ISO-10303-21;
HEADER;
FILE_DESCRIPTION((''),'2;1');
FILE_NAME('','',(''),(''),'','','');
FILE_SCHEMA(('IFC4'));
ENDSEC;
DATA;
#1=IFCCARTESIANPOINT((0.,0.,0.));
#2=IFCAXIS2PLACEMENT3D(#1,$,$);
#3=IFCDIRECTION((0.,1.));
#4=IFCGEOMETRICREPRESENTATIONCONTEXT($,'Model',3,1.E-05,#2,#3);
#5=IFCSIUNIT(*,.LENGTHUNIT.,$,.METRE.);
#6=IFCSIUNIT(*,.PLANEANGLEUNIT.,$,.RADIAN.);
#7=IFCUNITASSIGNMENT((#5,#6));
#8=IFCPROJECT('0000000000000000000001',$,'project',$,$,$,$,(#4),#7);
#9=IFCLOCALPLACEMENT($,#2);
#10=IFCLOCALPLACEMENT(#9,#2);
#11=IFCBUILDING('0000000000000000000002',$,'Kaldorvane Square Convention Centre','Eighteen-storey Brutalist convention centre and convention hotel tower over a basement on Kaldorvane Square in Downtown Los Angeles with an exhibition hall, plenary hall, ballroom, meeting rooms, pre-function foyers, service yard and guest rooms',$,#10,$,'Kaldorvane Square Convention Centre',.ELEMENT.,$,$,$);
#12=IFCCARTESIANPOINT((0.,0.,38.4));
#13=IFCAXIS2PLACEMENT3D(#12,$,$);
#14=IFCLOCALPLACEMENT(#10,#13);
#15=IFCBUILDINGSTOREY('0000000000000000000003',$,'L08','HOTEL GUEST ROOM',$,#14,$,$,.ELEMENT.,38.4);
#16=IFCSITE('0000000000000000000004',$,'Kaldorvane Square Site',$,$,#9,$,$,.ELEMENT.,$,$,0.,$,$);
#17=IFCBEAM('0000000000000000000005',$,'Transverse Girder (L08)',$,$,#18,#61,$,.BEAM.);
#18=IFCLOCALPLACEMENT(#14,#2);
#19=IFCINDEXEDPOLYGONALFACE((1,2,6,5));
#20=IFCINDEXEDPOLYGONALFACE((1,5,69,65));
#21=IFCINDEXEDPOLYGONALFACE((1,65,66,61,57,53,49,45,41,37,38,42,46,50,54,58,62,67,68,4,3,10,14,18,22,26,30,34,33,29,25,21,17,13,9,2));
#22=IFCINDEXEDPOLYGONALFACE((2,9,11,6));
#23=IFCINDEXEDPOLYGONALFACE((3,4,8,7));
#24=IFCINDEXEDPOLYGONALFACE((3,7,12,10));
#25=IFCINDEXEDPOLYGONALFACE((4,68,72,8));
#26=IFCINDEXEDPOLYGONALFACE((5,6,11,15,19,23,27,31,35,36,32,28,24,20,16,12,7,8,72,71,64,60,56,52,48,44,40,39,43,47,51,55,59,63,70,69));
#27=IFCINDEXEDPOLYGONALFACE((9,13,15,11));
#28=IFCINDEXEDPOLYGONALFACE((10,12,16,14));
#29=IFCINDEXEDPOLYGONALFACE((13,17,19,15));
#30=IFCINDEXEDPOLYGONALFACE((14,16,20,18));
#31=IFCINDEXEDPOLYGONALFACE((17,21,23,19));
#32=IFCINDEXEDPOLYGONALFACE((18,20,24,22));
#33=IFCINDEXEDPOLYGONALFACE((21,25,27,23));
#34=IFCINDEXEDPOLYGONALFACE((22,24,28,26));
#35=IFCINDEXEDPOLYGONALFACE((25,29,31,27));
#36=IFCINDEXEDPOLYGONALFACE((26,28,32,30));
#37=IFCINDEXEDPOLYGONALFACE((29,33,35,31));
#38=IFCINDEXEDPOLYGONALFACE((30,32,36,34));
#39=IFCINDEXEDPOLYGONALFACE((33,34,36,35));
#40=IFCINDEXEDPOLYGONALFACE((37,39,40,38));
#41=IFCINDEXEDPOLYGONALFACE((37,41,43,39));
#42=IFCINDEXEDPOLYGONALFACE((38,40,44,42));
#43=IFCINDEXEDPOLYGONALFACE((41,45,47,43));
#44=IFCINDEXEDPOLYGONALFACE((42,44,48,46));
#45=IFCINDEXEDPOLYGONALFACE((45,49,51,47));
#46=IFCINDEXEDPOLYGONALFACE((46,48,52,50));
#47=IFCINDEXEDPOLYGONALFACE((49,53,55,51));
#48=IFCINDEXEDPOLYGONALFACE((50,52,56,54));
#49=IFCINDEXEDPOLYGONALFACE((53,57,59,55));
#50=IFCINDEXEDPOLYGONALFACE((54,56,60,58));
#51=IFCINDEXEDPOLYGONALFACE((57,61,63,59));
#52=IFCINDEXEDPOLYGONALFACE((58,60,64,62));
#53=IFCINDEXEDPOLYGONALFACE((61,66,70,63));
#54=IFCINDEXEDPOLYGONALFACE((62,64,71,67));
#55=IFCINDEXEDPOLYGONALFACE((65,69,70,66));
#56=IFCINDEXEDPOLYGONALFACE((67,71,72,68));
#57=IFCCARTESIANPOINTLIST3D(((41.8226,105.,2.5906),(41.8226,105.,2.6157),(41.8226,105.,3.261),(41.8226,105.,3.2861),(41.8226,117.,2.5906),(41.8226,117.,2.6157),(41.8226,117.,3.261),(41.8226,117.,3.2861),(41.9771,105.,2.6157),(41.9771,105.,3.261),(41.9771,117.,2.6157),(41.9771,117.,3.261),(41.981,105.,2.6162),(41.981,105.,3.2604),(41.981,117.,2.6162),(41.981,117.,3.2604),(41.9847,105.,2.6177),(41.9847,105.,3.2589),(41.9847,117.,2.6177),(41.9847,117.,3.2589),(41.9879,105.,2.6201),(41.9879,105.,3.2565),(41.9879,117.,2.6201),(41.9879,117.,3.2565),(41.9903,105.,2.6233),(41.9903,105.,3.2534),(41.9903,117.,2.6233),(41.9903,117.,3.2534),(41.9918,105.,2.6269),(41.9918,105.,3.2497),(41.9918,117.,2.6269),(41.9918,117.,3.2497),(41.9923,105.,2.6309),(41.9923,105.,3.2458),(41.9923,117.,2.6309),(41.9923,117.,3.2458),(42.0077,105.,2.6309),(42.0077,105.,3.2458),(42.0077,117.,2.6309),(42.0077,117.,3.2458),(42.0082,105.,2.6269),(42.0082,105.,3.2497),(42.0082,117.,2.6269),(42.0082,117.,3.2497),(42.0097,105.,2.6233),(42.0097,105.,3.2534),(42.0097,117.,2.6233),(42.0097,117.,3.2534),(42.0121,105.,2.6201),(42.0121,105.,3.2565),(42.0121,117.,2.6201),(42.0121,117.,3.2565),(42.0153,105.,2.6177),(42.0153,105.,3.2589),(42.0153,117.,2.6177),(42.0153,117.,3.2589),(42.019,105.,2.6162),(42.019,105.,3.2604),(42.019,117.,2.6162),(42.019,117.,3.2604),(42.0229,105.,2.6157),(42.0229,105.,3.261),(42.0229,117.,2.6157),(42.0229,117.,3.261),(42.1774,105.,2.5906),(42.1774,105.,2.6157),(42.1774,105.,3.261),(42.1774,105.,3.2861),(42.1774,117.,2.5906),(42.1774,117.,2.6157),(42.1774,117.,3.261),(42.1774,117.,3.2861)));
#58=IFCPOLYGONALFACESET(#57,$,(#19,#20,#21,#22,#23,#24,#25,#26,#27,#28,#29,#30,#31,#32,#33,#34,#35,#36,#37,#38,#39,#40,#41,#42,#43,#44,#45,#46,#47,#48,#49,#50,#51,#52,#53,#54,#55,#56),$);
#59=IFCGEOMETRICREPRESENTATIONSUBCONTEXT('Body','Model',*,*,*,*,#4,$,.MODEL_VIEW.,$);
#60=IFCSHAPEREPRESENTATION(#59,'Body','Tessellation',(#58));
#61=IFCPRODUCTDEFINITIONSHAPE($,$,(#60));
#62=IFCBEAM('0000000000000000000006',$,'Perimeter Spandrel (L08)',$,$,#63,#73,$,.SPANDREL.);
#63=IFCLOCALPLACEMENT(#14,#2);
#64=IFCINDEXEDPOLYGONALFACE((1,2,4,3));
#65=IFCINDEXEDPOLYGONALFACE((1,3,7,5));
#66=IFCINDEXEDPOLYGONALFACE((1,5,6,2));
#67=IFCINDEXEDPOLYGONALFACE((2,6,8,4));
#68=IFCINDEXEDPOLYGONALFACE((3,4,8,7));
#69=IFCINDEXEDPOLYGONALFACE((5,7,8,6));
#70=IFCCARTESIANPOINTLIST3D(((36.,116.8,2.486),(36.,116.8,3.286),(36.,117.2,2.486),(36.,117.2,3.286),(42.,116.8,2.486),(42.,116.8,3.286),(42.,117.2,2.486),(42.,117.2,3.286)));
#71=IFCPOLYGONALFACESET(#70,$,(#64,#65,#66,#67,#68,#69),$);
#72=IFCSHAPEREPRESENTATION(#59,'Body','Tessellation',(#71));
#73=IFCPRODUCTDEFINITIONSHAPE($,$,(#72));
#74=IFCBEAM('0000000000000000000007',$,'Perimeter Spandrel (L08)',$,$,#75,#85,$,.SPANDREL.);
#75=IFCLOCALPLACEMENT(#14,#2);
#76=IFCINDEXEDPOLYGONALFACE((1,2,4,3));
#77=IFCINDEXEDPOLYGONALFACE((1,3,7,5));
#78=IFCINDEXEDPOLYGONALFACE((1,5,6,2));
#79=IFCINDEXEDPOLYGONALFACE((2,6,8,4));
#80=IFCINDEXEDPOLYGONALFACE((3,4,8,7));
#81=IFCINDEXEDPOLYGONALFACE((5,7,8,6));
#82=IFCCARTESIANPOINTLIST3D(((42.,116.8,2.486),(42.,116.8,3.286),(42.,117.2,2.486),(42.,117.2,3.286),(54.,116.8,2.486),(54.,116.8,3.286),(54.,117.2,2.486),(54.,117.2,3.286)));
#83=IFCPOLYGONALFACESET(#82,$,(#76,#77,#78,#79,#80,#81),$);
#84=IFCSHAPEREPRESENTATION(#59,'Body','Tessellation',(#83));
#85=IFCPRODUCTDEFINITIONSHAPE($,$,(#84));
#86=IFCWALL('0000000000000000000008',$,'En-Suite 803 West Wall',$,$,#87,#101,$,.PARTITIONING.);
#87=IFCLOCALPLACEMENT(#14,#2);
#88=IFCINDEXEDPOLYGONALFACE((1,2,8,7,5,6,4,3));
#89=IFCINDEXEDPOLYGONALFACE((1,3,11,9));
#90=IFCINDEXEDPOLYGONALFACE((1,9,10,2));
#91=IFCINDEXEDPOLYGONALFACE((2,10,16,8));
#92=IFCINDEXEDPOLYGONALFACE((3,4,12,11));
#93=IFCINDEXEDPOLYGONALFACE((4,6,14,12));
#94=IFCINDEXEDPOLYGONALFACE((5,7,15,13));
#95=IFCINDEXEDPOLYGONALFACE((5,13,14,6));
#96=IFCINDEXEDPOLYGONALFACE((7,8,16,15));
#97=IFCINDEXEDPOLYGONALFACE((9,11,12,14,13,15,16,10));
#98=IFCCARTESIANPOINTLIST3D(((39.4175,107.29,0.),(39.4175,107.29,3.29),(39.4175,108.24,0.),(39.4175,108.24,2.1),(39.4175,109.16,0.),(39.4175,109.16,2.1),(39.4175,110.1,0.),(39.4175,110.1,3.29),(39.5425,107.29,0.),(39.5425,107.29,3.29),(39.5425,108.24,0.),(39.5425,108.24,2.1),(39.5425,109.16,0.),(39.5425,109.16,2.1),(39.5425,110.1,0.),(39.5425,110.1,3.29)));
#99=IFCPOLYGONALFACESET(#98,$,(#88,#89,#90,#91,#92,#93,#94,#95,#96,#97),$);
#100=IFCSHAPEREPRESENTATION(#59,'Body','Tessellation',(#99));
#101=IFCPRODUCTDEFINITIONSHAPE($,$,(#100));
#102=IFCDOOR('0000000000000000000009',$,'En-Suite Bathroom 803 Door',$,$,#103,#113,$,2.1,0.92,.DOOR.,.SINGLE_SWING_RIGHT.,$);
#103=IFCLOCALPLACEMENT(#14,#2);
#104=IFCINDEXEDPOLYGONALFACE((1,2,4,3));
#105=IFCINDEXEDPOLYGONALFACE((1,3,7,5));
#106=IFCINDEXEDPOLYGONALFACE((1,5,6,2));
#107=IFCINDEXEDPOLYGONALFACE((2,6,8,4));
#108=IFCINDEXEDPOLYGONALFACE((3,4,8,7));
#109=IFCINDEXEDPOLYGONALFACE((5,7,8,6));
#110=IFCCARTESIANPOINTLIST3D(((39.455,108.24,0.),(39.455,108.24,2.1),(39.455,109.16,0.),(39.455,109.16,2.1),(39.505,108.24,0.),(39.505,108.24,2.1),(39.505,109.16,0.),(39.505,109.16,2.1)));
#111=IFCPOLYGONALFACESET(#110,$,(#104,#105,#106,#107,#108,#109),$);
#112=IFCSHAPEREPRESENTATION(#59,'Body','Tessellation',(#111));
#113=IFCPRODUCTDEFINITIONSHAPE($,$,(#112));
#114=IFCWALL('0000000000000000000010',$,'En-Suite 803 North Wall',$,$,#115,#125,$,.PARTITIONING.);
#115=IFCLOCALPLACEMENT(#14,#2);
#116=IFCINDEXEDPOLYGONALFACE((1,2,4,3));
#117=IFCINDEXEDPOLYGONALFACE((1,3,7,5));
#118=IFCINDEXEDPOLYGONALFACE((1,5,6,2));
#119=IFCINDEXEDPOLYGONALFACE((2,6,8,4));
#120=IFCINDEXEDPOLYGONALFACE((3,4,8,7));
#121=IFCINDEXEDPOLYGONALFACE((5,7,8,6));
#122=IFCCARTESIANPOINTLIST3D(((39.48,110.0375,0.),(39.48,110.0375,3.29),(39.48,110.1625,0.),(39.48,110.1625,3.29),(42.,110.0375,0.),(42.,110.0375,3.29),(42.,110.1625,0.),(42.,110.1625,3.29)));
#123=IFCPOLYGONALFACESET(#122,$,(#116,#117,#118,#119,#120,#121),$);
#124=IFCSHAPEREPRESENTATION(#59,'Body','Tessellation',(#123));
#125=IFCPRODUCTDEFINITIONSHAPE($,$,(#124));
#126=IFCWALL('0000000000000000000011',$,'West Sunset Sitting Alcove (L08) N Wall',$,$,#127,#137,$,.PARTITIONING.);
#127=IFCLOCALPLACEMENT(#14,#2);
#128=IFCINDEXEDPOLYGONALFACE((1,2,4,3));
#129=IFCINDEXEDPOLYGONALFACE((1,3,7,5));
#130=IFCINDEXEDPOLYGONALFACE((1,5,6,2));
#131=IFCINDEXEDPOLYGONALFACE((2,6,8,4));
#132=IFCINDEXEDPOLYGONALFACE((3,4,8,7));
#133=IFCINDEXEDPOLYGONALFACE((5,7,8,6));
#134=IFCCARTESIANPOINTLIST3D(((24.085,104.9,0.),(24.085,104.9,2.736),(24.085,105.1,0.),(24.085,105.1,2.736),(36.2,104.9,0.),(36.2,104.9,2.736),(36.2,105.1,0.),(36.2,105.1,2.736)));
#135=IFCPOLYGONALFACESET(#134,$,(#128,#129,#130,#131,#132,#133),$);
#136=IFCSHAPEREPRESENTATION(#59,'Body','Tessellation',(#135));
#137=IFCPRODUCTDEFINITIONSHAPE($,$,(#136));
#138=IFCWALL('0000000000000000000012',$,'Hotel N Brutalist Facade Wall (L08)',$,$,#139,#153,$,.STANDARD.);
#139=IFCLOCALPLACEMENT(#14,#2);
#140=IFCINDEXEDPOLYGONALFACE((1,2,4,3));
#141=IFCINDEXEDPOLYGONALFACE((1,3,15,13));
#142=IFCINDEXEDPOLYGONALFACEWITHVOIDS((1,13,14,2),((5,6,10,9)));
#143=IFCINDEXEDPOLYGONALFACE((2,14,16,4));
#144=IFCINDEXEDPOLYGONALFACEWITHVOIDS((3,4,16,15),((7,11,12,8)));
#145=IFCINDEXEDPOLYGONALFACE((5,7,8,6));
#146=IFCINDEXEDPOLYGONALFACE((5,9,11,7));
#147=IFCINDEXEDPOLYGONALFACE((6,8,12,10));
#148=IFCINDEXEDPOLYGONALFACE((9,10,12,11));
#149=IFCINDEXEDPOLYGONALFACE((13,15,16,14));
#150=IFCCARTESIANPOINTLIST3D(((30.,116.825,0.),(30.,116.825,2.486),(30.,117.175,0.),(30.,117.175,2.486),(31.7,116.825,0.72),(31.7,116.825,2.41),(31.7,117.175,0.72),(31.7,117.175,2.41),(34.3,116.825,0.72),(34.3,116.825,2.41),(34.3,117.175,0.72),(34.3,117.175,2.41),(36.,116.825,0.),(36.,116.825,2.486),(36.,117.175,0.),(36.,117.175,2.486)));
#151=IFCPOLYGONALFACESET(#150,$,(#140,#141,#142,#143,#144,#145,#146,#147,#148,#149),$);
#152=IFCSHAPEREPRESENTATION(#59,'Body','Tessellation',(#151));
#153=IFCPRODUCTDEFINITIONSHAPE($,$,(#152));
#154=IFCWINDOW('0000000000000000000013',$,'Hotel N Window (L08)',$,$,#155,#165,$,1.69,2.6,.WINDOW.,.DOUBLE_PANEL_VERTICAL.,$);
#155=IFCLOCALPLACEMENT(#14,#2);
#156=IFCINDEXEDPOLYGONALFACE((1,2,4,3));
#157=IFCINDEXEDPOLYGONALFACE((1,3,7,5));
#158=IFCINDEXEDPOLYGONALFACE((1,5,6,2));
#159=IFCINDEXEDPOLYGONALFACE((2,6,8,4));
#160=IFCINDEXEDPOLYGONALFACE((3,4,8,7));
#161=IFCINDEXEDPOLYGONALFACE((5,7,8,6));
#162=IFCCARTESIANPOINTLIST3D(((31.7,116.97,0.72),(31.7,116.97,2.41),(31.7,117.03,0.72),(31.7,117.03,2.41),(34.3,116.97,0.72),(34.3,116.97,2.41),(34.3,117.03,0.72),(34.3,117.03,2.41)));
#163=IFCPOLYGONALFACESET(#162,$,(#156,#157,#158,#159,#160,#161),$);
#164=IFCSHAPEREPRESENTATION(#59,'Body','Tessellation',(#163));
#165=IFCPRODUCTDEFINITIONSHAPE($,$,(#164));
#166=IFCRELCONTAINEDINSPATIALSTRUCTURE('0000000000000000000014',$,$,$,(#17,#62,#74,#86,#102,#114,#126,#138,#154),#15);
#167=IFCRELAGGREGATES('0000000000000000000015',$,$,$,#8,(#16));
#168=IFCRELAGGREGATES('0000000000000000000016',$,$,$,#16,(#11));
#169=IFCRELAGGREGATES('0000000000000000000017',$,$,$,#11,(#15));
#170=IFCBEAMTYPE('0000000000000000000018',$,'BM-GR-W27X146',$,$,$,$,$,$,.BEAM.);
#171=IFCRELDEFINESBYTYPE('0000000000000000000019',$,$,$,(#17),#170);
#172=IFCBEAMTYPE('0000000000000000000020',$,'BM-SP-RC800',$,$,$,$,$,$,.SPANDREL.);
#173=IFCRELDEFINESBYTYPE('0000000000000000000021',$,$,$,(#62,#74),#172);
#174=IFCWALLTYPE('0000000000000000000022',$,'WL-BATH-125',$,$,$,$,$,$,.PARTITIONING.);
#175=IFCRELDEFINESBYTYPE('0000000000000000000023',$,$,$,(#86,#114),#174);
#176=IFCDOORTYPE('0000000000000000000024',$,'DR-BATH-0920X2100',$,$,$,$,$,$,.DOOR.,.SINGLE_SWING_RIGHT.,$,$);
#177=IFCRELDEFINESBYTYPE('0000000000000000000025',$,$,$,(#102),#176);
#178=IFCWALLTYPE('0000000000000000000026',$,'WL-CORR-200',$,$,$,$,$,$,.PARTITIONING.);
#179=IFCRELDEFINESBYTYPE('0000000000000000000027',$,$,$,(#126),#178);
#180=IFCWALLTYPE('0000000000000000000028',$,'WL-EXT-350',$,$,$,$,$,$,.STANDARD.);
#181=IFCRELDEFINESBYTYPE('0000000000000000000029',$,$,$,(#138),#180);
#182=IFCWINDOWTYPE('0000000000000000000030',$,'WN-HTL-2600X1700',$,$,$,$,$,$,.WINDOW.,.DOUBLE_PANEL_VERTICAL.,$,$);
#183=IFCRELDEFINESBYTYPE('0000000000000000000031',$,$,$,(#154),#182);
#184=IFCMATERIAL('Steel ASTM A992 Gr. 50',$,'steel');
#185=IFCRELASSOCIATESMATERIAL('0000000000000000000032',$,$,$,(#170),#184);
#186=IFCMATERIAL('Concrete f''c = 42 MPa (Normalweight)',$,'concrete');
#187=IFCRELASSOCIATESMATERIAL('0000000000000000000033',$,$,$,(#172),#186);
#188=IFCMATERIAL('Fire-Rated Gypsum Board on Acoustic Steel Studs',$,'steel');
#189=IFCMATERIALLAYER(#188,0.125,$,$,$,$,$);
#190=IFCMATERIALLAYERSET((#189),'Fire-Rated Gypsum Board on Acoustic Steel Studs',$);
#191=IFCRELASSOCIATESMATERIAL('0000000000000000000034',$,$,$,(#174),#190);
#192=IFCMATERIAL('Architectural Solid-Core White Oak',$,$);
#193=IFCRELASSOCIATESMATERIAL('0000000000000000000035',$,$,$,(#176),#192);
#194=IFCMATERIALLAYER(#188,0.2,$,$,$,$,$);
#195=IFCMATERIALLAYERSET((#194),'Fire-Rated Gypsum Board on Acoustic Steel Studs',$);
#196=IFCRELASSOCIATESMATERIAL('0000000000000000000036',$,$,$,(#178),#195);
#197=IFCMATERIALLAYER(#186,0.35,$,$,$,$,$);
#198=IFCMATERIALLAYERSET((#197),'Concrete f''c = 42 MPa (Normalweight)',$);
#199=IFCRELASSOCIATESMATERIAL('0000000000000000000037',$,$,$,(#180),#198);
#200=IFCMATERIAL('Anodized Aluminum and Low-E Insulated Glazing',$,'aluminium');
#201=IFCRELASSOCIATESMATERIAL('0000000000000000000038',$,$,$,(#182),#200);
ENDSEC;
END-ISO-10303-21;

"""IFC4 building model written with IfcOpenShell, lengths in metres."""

from ifc_helpers import new_model, si_unit, direction, frame, frame_2d, origin, origin_2d, place, context, subcontext, project, spatial, rectangle, i_section, extrude, material, layer, layer_set, material_profile, profile_set, type_object, element, fill, save


model = new_model("IFC4")

# Units and contexts
model_context = context("Model", 3, precision=1e-05, world=origin(), true_north=direction((0.0, 1.0)))
body_context = subcontext(model_context, "Body", "Model", "MODEL_VIEW")
ifc_project = project(units=[si_unit("LENGTHUNIT", "METRE"), si_unit("PLANEANGLEUNIT", "RADIAN")], contexts=[model_context])

# Site, building, storey
site_placement = place(None, origin())
site = spatial("IfcSite", under=ifc_project, at=site_placement, Name="Kaldorvane Square Site", CompositionType="ELEMENT", RefElevation=0.0)
building_placement = place(site_placement, origin())
building = spatial("IfcBuilding", under=site, at=building_placement, Name="Kaldorvane Square Convention Centre", Description="Eighteen-storey Brutalist convention centre and convention hotel tower over a basement on Kaldorvane Square in Downtown Los Angeles with an exhibition hall, plenary hall, ballroom, meeting rooms, pre-function foyers, service yard and guest rooms", LongName="Kaldorvane Square Convention Centre", CompositionType="ELEMENT")
storey_placement = place(building_placement, frame((0.0, 0.0, 38.4)))
storey = spatial("IfcBuildingStorey", under=building, at=storey_placement, Name="L08", Description="HOTEL GUEST ROOM", CompositionType="ELEMENT", Elevation=38.4)

# Shared definitions
ifc_material_1 = material(Name="Concrete f'c = 42 MPa (Normalweight)", Category="concrete")
ifc_material_2 = material(Name="Steel ASTM A992 Gr. 50", Category="steel")

# Beams
ifc_material_profile_1 = material_profile(ifc_material_2, i_section(OverallWidth=0.3547, OverallDepth=0.6955, WebThickness=0.0154, FlangeThickness=0.0251, FilletRadius=0.0152, at=origin_2d()), Name="W27X146")
ifc_profile_set_1 = profile_set([ifc_material_profile_1], Name="Steel ASTM A992 Gr. 50")
beam_type_1 = type_object("IfcBeamType", Name="BM-GR-W27X146", PredefinedType="BEAM", material=ifc_profile_set_1)
for number, where, z_axis, x_axis, name in (
    (1, (42.0, 105.0, 2.9383), (0.0, 1.0, 0.0), (-1.0, 0.0, 0.0), "Transverse Girder (L08)"),
):
    element("IfcBeam", number, at=place(storey_placement, frame(where, z_axis=z_axis, x_axis=x_axis)), inside=storey, type_object=beam_type_1, Name=name, PredefinedType="BEAM", context=body_context, shape_type="SweptSolid", body=[
        extrude(i_section(OverallWidth=0.3547, OverallDepth=0.6955, WebThickness=0.0154, FlangeThickness=0.0251, FilletRadius=0.0152, at=origin_2d()), origin(), (0.0, 0.0, 1.0), 12.0),
    ])
ifc_material_profile_2 = material_profile(ifc_material_1, rectangle(XDim=0.4, YDim=0.8, at=origin_2d()), Name="RCSP800X400")
ifc_profile_set_2 = profile_set([ifc_material_profile_2], Name="Concrete f'c = 42 MPa (Normalweight)")
beam_type_2 = type_object("IfcBeamType", Name="BM-SP-RC800", PredefinedType="SPANDREL", material=ifc_profile_set_2)
beam_1_placement = place(storey_placement, frame((36.0, 117.0, 2.886), z_axis=(1.0, 0.0, 0.0), x_axis=(0.0, 1.0, 0.0)))
element("IfcBeam", 2, at=beam_1_placement, inside=storey, type_object=beam_type_2, Name="Perimeter Spandrel (L08)", PredefinedType="SPANDREL", context=body_context, shape_type="SweptSolid", body=[
    extrude(rectangle(XDim=0.4, YDim=0.8, at=origin_2d()), origin(), (0.0, 0.0, 1.0), 6.0),
])
beam_2_placement = place(storey_placement, frame((42.0, 117.0, 2.886), z_axis=(1.0, 0.0, 0.0), x_axis=(0.0, 1.0, 0.0)))
element("IfcBeam", 3, at=beam_2_placement, inside=storey, type_object=beam_type_2, Name="Perimeter Spandrel (L08)", PredefinedType="SPANDREL", context=body_context, shape_type="SweptSolid", body=[
    extrude(rectangle(XDim=0.4, YDim=0.8, at=origin_2d()), origin(), (0.0, 0.0, 1.0), 12.0),
])

# Wall, opening, door
ifc_material_3 = material(Name="Fire-Rated Gypsum Board on Acoustic Steel Studs", Category="steel")
ifc_layer_1 = layer(ifc_material_3, 0.125)
ifc_layer_set_1 = layer_set([ifc_layer_1], Name="Fire-Rated Gypsum Board on Acoustic Steel Studs")
wall_type_1 = type_object("IfcWallType", Name="WL-BATH-125", PredefinedType="PARTITIONING", material=ifc_layer_set_1)
wall_1_placement = place(storey_placement, frame((39.48, 107.29, 0.0), z_axis=(0.0, 0.0, 1.0), x_axis=(0.0, 1.0, 0.0)))
wall_1 = element("IfcWall", 4, at=wall_1_placement, inside=storey, type_object=wall_type_1, Name="En-Suite 803 West Wall", PredefinedType="PARTITIONING", context=body_context, shape_type="SweptSolid", body=[
    extrude(rectangle(XDim=2.81, YDim=0.125, at=frame_2d((1.405, 0.0))), origin(), (0.0, 0.0, 1.0), 3.29),
])
opening_1_placement = place(wall_1_placement, frame((0.95, 0.0, 0.0)))
opening_1 = element("IfcOpeningElement", 5, at=opening_1_placement, cuts=wall_1, PredefinedType="OPENING", context=body_context, shape_type="SweptSolid", body=[
    extrude(rectangle(XDim=0.92, YDim=2.1, at=frame_2d((0.46, 1.05))), frame((0.0, 0.0775, 0.0), z_axis=(0.0, -1.0, 0.0), x_axis=(1.0, 0.0, 0.0)), (0.0, 0.0, 1.0), 0.155),
])
ifc_material_4 = material(Name="Architectural Solid-Core White Oak")
door_type_1 = type_object("IfcDoorType", Name="DR-BATH-0920X2100", OperationType="SINGLE_SWING_RIGHT", PredefinedType="DOOR", material=ifc_material_4)
door_1_placement = place(opening_1_placement, origin())
door_1 = element("IfcDoor", 6, at=door_1_placement, inside=storey, type_object=door_type_1, Name="En-Suite Bathroom 803 Door", OperationType="SINGLE_SWING_RIGHT", OverallHeight=2.1, OverallWidth=0.92, PredefinedType="DOOR", context=body_context, shape_type="SweptSolid", body=[
    extrude(rectangle(XDim=0.92, YDim=2.1, at=frame_2d((0.46, 1.05))), frame((0.0, 0.025, 0.0), z_axis=(0.0, -1.0, 0.0), x_axis=(1.0, 0.0, 0.0)), (0.0, 0.0, 1.0), 0.05),
])
fill(opening_1, door_1)

# Walls
wall_2_placement = place(storey_placement, frame((39.48, 110.1, 0.0), z_axis=(0.0, 0.0, 1.0), x_axis=(1.0, 0.0, 0.0)))
element("IfcWall", 7, at=wall_2_placement, inside=storey, type_object=wall_type_1, Name="En-Suite 803 North Wall", PredefinedType="PARTITIONING", context=body_context, shape_type="SweptSolid", body=[
    extrude(rectangle(XDim=2.52, YDim=0.125, at=frame_2d((1.26, 0.0))), origin(), (0.0, 0.0, 1.0), 3.29),
])
ifc_layer_2 = layer(ifc_material_3, 0.2)
ifc_layer_set_2 = layer_set([ifc_layer_2], Name="Fire-Rated Gypsum Board on Acoustic Steel Studs")
wall_type_2 = type_object("IfcWallType", Name="WL-CORR-200", PredefinedType="PARTITIONING", material=ifc_layer_set_2)
wall_3_placement = place(storey_placement, frame((36.2, 105.0, 0.0), z_axis=(0.0, 0.0, 1.0), x_axis=(-1.0, 0.0, 0.0)))
element("IfcWall", 8, at=wall_3_placement, inside=storey, type_object=wall_type_2, Name="West Sunset Sitting Alcove (L08) N Wall", PredefinedType="PARTITIONING", context=body_context, shape_type="SweptSolid", body=[
    extrude(rectangle(XDim=12.115, YDim=0.2, at=frame_2d((6.0575, 0.0))), origin(), (0.0, 0.0, 1.0), 2.736),
])

# Wall, opening, window
ifc_layer_3 = layer(ifc_material_1, 0.35)
ifc_layer_set_3 = layer_set([ifc_layer_3], Name="Concrete f'c = 42 MPa (Normalweight)")
wall_type_3 = type_object("IfcWallType", Name="WL-EXT-350", PredefinedType="STANDARD", material=ifc_layer_set_3)
wall_4_placement = place(storey_placement, frame((36.0, 117.0, 0.0), z_axis=(0.0, 0.0, 1.0), x_axis=(-1.0, 0.0, 0.0)))
wall_4 = element("IfcWall", 9, at=wall_4_placement, inside=storey, type_object=wall_type_3, Name="Hotel N Brutalist Facade Wall (L08)", PredefinedType="STANDARD", context=body_context, shape_type="SweptSolid", body=[
    extrude(rectangle(XDim=6.0, YDim=0.35, at=frame_2d((3.0, 0.0))), origin(), (0.0, 0.0, 1.0), 2.486),
])
opening_2_placement = place(wall_4_placement, frame((1.7, 0.0, 0.72)))
opening_2 = element("IfcOpeningElement", 10, at=opening_2_placement, cuts=wall_4, PredefinedType="OPENING", context=body_context, shape_type="SweptSolid", body=[
    extrude(rectangle(XDim=2.6, YDim=1.69, at=frame_2d((1.3, 0.845))), frame((0.0, 0.19, 0.0), z_axis=(0.0, -1.0, 0.0), x_axis=(1.0, 0.0, 0.0)), (0.0, 0.0, 1.0), 0.38),
])
ifc_material_5 = material(Name="Anodized Aluminum and Low-E Insulated Glazing", Category="aluminium")
window_type = type_object("IfcWindowType", Name="WN-HTL-2600X1700", PartitioningType="DOUBLE_PANEL_VERTICAL", PredefinedType="WINDOW", material=ifc_material_5)
window_1_placement = place(opening_2_placement, origin())
window_1 = element("IfcWindow", 11, at=window_1_placement, inside=storey, type_object=window_type, Name="Hotel N Window (L08)", OverallHeight=1.69, OverallWidth=2.6, PartitioningType="DOUBLE_PANEL_VERTICAL", PredefinedType="WINDOW", context=body_context, shape_type="SweptSolid", body=[
    extrude(rectangle(XDim=2.6, YDim=1.69, at=frame_2d((1.3, 0.845))), frame((0.0, 0.03, 0.0), z_axis=(0.0, -1.0, 0.0), x_axis=(1.0, 0.0, 0.0)), (0.0, 0.0, 1.0), 0.06),
])
fill(opening_2, window_1)

save(model, "model.ifc")
